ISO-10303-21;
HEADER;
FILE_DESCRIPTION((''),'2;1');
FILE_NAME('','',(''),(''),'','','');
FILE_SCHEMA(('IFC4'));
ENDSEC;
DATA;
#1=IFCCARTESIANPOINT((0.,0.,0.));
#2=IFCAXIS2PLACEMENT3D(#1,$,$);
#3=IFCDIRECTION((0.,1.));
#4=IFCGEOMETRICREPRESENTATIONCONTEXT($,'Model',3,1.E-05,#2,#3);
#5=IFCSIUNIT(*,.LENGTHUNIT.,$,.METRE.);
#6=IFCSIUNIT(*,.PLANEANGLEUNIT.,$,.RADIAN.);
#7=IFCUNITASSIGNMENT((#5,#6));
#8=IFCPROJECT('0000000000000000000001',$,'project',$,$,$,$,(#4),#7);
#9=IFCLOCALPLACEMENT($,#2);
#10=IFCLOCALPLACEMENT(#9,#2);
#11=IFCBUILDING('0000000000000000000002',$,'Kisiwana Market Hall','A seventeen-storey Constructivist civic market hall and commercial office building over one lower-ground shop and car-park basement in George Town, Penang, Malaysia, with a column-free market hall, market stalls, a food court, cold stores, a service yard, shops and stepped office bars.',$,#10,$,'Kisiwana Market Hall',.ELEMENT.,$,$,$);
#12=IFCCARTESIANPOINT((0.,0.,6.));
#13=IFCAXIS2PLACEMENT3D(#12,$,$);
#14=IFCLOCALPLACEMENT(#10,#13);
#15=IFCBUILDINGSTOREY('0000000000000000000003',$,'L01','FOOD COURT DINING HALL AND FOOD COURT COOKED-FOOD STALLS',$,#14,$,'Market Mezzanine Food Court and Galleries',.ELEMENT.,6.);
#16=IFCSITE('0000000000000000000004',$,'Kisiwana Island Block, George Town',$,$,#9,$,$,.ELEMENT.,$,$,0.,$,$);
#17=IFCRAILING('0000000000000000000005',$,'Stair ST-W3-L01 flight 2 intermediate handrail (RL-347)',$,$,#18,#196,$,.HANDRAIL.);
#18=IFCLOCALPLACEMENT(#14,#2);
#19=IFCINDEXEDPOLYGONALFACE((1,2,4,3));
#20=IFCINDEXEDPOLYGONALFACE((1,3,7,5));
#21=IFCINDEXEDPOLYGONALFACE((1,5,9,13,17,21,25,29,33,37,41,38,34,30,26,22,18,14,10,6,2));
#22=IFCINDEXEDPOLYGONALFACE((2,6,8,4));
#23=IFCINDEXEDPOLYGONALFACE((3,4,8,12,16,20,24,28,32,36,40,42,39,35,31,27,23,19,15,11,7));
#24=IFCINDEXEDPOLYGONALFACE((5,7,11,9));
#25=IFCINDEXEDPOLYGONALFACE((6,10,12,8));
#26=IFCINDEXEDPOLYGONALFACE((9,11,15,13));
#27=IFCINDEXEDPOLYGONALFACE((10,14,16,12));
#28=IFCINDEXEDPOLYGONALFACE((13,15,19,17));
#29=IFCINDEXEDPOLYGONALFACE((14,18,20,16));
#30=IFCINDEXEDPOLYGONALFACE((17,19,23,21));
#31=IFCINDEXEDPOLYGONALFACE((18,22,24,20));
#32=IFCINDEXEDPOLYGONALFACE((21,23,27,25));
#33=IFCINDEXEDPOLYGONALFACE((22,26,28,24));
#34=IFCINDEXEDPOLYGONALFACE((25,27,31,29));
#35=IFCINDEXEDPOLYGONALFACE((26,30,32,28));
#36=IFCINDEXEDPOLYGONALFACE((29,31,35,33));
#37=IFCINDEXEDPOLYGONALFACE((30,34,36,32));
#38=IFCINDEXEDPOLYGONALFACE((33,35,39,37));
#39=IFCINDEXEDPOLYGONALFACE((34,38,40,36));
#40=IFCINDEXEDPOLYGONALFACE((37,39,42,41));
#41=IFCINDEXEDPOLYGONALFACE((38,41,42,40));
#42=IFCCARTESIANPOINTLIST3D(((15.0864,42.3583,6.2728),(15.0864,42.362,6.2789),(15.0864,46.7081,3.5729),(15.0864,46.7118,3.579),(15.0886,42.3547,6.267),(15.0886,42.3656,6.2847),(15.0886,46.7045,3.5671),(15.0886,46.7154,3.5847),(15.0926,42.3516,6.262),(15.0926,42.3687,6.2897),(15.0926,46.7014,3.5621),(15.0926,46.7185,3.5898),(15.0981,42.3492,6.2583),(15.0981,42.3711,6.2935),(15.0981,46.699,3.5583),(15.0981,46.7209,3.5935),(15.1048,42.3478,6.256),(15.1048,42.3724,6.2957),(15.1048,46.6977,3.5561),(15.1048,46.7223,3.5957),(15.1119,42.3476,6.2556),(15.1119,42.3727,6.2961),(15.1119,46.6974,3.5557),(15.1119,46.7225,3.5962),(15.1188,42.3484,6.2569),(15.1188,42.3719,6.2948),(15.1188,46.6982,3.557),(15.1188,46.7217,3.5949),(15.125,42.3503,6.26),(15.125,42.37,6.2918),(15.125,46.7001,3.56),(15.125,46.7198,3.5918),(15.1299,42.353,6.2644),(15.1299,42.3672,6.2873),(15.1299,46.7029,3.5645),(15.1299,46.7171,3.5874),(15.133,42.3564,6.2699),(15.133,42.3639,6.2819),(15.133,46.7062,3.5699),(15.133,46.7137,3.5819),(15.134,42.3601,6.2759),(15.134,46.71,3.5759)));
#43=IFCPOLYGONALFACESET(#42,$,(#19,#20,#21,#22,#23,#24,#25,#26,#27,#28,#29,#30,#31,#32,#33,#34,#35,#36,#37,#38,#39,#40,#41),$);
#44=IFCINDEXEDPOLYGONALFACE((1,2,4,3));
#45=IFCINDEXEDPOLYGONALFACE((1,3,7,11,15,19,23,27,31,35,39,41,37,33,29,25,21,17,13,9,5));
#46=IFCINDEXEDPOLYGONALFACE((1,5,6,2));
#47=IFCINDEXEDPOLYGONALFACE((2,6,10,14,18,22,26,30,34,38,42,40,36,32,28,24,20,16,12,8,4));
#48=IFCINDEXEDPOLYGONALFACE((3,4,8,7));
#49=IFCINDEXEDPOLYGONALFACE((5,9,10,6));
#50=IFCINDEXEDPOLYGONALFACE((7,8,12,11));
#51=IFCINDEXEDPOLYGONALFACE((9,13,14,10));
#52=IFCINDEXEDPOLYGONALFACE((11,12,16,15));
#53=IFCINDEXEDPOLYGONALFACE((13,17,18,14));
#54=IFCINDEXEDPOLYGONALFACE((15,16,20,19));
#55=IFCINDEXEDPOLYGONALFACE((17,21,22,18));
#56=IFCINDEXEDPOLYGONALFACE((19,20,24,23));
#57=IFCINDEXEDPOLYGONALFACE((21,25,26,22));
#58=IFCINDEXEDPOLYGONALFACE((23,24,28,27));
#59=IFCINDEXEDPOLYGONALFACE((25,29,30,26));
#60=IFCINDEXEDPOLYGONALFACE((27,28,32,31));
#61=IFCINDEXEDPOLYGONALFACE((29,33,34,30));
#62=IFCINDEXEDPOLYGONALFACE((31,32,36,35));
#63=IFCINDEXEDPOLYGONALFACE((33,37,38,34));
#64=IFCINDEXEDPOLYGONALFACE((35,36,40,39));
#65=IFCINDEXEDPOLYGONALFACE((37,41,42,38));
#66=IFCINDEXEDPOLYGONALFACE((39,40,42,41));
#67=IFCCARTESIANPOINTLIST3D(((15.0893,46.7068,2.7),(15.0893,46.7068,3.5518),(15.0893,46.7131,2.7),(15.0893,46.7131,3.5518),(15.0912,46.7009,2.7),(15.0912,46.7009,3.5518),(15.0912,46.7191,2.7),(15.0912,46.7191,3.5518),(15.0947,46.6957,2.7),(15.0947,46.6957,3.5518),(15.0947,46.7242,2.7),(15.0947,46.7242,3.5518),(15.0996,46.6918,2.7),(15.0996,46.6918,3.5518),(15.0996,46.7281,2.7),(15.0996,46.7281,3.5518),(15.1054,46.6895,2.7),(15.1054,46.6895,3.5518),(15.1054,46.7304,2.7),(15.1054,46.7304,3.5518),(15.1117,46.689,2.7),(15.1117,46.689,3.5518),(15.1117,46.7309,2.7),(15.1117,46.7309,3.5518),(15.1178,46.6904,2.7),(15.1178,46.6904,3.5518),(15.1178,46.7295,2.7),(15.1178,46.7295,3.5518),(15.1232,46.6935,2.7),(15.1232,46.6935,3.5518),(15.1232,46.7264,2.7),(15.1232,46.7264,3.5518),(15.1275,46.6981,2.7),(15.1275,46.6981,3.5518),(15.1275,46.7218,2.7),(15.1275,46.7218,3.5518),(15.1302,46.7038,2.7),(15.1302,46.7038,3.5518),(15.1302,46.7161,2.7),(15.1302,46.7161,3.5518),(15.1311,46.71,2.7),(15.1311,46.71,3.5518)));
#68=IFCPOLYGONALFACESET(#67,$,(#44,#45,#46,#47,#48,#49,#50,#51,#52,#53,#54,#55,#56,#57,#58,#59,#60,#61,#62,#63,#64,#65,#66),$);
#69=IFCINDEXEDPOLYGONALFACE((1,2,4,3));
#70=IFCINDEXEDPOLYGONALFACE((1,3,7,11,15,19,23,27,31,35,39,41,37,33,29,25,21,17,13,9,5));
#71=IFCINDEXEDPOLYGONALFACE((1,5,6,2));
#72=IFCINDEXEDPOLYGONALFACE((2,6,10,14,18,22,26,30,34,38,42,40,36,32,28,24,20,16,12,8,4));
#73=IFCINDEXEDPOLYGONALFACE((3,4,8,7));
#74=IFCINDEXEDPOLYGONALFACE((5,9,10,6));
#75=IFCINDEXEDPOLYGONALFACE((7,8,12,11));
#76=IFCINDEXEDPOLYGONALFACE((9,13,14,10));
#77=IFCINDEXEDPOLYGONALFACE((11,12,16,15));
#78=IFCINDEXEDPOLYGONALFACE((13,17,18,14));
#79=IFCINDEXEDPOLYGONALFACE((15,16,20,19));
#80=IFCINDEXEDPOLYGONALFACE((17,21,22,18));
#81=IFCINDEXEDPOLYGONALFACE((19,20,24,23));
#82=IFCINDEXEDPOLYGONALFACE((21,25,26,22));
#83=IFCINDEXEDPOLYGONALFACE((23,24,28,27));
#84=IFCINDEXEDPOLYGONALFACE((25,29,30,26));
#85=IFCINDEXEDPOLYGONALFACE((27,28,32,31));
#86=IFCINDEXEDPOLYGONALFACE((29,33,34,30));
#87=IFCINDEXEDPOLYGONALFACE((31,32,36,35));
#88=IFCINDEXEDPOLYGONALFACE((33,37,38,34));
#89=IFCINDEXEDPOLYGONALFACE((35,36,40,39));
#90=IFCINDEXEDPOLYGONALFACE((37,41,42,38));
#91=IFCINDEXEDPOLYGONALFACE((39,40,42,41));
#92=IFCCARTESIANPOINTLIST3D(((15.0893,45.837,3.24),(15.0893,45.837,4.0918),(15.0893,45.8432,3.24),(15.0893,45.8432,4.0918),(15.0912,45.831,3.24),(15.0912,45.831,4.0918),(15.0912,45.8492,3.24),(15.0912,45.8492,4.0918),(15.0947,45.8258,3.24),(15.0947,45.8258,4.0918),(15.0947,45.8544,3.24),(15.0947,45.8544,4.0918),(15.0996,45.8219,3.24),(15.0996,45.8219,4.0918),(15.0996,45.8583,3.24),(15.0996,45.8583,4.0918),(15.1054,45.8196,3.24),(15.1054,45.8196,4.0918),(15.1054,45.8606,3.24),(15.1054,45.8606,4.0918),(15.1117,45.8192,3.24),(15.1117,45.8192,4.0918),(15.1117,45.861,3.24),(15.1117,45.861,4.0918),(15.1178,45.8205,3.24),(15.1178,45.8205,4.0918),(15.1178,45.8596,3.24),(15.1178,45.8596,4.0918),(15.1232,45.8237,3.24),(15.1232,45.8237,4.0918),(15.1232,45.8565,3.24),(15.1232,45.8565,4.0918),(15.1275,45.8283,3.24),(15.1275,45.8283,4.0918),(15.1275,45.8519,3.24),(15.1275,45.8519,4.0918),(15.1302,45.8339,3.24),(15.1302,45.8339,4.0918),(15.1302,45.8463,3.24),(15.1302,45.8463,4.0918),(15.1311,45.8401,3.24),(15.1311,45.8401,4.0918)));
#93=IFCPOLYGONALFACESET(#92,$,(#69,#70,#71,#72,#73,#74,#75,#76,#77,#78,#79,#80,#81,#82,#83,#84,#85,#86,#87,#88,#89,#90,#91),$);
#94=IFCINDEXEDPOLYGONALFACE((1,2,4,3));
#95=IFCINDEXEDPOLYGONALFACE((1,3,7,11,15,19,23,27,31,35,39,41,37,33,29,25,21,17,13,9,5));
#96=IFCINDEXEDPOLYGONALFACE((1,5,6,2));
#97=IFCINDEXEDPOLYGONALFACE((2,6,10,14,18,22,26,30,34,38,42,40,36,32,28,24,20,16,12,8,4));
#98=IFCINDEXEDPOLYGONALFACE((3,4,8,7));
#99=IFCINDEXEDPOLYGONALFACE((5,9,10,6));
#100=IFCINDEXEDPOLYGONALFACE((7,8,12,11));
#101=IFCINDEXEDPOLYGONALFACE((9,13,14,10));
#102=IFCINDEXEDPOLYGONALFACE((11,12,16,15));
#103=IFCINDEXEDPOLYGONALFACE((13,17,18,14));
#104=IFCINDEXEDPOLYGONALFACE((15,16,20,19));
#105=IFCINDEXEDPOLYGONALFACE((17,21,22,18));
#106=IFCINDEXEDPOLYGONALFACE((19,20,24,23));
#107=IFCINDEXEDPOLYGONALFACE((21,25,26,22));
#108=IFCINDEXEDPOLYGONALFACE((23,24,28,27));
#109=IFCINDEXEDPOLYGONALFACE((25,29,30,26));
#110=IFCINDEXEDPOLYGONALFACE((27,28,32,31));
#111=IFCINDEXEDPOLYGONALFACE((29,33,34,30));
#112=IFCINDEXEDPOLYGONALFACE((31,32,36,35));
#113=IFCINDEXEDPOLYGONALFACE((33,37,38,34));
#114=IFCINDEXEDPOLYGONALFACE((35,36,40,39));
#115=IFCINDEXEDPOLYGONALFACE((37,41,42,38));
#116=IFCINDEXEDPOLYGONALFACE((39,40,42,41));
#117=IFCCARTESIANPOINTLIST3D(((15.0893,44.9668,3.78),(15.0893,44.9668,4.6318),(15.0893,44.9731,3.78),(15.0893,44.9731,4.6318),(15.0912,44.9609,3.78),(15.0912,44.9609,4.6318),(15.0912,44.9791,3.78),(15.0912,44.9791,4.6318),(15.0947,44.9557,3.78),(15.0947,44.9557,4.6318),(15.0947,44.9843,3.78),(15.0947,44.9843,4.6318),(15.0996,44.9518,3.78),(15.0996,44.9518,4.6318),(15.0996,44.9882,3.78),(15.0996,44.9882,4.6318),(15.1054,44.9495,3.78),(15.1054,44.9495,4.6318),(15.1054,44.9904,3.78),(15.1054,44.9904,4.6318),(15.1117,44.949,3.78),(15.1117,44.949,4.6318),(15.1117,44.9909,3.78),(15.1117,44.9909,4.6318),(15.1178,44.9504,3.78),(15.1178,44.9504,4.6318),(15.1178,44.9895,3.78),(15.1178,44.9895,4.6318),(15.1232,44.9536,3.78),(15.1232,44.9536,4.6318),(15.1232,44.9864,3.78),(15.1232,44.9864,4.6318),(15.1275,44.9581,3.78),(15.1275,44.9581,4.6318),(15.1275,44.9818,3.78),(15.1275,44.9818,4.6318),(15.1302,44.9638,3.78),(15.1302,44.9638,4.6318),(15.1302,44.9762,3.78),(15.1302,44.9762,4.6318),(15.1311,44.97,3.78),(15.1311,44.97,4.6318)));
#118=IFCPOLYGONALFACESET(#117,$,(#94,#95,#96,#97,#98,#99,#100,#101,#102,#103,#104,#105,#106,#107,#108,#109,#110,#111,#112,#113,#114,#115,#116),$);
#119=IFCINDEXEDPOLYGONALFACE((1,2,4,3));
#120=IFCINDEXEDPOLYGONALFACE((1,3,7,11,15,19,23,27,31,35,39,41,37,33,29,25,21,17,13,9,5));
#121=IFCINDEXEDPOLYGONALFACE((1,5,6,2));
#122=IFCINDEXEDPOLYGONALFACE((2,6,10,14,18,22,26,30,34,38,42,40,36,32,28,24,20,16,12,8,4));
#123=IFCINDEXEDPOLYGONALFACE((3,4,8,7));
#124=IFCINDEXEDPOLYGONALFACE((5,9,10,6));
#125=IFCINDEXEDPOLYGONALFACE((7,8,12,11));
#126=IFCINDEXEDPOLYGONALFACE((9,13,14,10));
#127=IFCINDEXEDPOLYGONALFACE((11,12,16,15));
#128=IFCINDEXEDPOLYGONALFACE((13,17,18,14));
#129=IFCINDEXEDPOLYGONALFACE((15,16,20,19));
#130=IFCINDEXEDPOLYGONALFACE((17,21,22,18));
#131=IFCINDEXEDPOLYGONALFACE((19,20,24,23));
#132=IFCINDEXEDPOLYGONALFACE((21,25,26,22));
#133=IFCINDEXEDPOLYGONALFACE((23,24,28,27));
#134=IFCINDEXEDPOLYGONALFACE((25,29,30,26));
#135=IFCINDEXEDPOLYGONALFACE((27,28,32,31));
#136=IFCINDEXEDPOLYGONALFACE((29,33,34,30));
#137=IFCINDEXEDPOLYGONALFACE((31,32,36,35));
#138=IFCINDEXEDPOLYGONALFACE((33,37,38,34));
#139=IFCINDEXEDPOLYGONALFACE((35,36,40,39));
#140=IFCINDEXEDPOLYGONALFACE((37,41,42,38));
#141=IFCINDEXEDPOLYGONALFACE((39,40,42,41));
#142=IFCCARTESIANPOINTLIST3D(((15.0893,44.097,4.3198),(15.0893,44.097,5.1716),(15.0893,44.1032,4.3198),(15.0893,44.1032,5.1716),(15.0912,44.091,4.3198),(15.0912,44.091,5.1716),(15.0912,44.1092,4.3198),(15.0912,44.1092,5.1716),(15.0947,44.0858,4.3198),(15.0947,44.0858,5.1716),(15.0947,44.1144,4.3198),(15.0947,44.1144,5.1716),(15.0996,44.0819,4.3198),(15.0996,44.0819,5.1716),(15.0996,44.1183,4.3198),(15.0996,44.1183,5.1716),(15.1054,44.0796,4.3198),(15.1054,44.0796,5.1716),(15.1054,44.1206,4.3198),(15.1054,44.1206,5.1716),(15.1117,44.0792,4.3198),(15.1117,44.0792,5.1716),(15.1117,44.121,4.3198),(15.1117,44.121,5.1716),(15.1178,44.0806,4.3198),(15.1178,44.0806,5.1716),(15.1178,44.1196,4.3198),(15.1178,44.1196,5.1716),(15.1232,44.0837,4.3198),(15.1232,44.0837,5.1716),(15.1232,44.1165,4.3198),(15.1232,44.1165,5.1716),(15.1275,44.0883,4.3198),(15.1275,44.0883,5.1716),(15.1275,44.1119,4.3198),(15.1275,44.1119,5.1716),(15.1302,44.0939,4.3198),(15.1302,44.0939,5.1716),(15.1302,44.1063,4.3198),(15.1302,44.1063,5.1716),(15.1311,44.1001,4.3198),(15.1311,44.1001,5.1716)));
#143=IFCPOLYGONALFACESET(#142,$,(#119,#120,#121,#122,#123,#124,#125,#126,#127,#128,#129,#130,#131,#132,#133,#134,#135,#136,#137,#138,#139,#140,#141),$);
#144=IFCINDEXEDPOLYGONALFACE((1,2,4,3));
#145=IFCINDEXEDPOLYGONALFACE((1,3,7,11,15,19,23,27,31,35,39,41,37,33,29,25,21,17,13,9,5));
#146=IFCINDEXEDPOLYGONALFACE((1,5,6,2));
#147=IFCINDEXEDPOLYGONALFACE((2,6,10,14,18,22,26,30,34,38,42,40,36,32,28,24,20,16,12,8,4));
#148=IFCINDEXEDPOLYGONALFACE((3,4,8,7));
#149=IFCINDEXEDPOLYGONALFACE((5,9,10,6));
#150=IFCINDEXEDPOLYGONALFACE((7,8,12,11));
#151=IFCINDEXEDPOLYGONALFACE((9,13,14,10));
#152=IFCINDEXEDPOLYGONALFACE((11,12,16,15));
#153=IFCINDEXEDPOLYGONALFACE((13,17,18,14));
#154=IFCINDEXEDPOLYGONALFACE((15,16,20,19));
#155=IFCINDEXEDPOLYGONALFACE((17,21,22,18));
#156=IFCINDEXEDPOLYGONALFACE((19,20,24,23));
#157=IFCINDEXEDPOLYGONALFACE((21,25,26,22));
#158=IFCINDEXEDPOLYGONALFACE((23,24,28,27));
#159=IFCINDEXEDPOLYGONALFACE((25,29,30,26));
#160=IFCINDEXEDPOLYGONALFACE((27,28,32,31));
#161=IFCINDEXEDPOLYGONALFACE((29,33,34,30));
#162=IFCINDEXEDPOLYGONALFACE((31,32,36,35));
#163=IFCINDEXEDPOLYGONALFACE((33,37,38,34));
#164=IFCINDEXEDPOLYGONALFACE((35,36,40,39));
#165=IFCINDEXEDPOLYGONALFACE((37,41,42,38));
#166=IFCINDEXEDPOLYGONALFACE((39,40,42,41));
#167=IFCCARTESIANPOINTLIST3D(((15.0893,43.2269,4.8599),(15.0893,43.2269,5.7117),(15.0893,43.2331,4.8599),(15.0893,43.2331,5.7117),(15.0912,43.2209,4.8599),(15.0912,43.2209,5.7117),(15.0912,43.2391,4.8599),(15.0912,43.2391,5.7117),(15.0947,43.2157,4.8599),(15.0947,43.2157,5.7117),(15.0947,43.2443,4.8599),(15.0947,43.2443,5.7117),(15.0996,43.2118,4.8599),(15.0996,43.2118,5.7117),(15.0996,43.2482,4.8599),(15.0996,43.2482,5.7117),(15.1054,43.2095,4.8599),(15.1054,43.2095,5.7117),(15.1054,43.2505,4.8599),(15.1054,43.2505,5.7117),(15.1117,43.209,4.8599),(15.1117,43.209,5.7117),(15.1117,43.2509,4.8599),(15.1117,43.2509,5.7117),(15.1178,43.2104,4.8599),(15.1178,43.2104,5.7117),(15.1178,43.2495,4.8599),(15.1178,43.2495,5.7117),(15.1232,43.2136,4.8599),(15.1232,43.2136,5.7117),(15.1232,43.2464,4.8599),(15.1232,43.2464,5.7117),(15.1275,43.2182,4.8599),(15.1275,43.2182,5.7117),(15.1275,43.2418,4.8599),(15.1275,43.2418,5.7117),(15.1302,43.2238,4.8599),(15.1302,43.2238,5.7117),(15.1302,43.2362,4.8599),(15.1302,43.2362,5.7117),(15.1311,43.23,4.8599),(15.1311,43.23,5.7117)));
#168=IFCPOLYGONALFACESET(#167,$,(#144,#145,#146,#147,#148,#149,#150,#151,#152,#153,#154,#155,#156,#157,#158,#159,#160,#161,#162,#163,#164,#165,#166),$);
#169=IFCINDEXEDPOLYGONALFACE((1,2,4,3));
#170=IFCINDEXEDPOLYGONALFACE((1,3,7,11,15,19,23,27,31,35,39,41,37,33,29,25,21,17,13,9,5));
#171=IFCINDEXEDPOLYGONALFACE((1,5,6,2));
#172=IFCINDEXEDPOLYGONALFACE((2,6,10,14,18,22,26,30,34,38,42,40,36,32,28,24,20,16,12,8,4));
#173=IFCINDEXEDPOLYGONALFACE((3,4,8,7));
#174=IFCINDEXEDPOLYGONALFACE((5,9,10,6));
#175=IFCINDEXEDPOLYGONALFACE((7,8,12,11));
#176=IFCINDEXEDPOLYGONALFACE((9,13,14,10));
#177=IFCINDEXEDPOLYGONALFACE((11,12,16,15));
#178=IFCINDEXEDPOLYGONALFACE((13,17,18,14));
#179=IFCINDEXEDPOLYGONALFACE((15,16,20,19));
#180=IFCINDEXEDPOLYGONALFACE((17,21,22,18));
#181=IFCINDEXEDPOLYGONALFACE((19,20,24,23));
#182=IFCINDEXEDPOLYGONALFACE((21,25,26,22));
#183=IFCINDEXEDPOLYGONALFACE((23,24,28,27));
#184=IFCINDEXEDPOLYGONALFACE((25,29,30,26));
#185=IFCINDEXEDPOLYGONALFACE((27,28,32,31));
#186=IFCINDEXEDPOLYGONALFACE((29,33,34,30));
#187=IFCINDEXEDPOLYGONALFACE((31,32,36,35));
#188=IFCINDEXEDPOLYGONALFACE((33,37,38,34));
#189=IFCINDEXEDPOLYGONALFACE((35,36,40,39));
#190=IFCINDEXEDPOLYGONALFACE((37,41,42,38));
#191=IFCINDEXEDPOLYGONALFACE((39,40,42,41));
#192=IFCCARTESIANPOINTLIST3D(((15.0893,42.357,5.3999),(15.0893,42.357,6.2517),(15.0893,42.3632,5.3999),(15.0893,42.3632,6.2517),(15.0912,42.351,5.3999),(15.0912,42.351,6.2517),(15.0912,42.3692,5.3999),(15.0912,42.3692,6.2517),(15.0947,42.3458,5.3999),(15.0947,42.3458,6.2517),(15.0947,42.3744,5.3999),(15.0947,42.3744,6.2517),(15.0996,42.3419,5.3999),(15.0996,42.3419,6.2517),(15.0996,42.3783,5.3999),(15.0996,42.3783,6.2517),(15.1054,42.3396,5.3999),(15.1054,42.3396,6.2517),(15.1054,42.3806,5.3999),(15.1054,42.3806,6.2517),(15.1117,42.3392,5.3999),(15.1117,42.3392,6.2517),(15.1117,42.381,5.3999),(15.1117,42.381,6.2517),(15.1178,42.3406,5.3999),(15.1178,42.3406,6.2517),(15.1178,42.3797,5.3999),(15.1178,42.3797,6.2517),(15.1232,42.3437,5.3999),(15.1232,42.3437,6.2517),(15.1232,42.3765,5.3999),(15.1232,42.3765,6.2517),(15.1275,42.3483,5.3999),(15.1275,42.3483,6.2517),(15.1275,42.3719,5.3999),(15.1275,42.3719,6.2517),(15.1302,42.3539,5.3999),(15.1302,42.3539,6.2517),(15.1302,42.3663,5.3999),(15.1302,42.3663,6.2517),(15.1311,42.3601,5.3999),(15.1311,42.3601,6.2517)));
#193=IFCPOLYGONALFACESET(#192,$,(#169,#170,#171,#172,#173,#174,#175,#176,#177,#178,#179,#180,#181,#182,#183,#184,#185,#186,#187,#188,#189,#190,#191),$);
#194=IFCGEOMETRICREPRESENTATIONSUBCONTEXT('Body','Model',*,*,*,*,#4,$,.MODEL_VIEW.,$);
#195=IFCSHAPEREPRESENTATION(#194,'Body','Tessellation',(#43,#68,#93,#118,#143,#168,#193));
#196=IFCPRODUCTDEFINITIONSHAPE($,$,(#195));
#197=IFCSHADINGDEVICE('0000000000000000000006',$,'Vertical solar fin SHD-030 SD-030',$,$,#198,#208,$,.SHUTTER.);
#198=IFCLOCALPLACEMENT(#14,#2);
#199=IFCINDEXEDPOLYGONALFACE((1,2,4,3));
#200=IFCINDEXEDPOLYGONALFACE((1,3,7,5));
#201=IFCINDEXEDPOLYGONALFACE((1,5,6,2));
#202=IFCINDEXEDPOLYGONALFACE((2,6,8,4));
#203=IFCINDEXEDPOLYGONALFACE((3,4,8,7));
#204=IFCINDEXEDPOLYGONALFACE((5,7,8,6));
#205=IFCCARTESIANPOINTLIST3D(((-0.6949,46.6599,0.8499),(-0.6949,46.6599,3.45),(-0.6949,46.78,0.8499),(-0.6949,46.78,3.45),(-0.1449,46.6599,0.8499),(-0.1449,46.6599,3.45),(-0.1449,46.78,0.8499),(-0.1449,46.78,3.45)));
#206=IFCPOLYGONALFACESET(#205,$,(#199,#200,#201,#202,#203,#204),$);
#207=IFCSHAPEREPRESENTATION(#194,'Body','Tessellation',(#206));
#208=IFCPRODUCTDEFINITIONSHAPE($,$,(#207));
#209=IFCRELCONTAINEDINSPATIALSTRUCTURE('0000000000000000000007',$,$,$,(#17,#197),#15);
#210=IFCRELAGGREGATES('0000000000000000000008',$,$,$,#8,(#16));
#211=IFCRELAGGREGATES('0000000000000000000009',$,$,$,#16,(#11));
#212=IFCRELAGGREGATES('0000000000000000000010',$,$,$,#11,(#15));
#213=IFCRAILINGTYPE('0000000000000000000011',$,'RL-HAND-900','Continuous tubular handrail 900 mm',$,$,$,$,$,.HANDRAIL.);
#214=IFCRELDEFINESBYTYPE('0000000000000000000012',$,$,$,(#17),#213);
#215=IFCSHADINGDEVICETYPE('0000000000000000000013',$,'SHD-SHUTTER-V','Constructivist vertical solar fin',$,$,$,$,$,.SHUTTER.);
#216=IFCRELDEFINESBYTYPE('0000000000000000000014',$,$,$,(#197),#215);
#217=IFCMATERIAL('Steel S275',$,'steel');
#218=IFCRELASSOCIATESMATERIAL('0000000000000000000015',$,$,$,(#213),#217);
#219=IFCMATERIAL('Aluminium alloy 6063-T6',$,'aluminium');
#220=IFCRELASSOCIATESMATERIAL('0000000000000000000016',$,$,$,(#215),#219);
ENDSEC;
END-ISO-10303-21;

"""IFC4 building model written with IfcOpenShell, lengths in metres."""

from ifc_helpers import new_model, si_unit, direction, frame, origin, origin_2d, place, context, subcontext, project, spatial, rectangle, circle, extrude, material, type_object, element, save


model = new_model("IFC4")

# Units and contexts
model_context = context("Model", 3, precision=1e-05, world=origin(), true_north=direction((0.0, 1.0)))
body_context = subcontext(model_context, "Body", "Model", "MODEL_VIEW")
ifc_project = project(units=[si_unit("LENGTHUNIT", "METRE"), si_unit("PLANEANGLEUNIT", "RADIAN")], contexts=[model_context])

# Site, building, storey
site_placement = place(None, origin())
site = spatial("IfcSite", under=ifc_project, at=site_placement, Name="Kisiwana Island Block, George Town", CompositionType="ELEMENT", RefElevation=0.0)
building_placement = place(site_placement, origin())
building = spatial("IfcBuilding", under=site, at=building_placement, Name="Kisiwana Market Hall", Description="A seventeen-storey Constructivist civic market hall and commercial office building over one lower-ground shop and car-park basement in George Town, Penang, Malaysia, with a column-free market hall, market stalls, a food court, cold stores, a service yard, shops and stepped office bars.", LongName="Kisiwana Market Hall", CompositionType="ELEMENT")
storey_placement = place(building_placement, frame((0.0, 0.0, 6.0)))
storey = spatial("IfcBuildingStorey", under=building, at=storey_placement, Name="L01", Description="FOOD COURT DINING HALL AND FOOD COURT COOKED-FOOD STALLS", LongName="Market Mezzanine Food Court and Galleries", CompositionType="ELEMENT", Elevation=6.0)

# Railing
ifc_material_1 = material(Name="Steel S275", Category="steel")
railing_type = type_object("IfcRailingType", Name="RL-HAND-900", Description="Continuous tubular handrail 900 mm", PredefinedType="HANDRAIL", material=ifc_material_1)
railing_placement = place(storey_placement, frame((15.1101, 46.71, 2.7)))
element("IfcRailing", 1, at=railing_placement, inside=storey, type_object=railing_type, Name="Stair ST-W3-L01 flight 2 intermediate handrail (RL-347)", PredefinedType="HANDRAIL", context=body_context, shape_type="SweptSolid", body=[
    extrude(circle(Radius=0.0239, at=origin_2d()), frame((0.0, 0.0, 0.876), z_axis=(0.0, -0.849636, 0.527369), x_axis=(1.0, 0.0, 0.0)), (0.0, 0.0, 1.0), 5.1196),
    extrude(circle(Radius=0.021, at=origin_2d()), origin(), (0.0, 0.0, 1.0), 0.8518),
    extrude(circle(Radius=0.021, at=origin_2d()), frame((0.0, -0.8699, 0.54)), (0.0, 0.0, 1.0), 0.8518),
    extrude(circle(Radius=0.021, at=origin_2d()), frame((0.0, -1.74, 1.0801)), (0.0, 0.0, 1.0), 0.8518),
    extrude(circle(Radius=0.021, at=origin_2d()), frame((0.0, -2.6099, 1.6199)), (0.0, 0.0, 1.0), 0.8518),
    extrude(circle(Radius=0.021, at=origin_2d()), frame((0.0, -3.48, 2.1599)), (0.0, 0.0, 1.0), 0.8518),
    extrude(circle(Radius=0.021, at=origin_2d()), frame((0.0, -4.3499, 2.7)), (0.0, 0.0, 1.0), 0.8518),
])

# Shading device
ifc_material_2 = material(Name="Aluminium alloy 6063-T6", Category="aluminium")
shading_device_type = type_object("IfcShadingDeviceType", Name="SHD-SHUTTER-V", Description="Constructivist vertical solar fin", PredefinedType="SHUTTER", material=ifc_material_2)
shading_device_placement = place(storey_placement, frame((-0.4199, 46.72, 0.8499), z_axis=(0.0, 0.0, 1.0), x_axis=(0.0, 1.0, 0.0)))
element("IfcShadingDevice", 2, at=shading_device_placement, inside=storey, type_object=shading_device_type, Name="Vertical solar fin SHD-030 SD-030", PredefinedType="SHUTTER", context=body_context, shape_type="SweptSolid", body=[
    extrude(rectangle(XDim=0.1201, YDim=0.55, at=origin_2d()), origin(), (0.0, 0.0, 1.0), 2.6001),
])

save(model, "model.ifc")
